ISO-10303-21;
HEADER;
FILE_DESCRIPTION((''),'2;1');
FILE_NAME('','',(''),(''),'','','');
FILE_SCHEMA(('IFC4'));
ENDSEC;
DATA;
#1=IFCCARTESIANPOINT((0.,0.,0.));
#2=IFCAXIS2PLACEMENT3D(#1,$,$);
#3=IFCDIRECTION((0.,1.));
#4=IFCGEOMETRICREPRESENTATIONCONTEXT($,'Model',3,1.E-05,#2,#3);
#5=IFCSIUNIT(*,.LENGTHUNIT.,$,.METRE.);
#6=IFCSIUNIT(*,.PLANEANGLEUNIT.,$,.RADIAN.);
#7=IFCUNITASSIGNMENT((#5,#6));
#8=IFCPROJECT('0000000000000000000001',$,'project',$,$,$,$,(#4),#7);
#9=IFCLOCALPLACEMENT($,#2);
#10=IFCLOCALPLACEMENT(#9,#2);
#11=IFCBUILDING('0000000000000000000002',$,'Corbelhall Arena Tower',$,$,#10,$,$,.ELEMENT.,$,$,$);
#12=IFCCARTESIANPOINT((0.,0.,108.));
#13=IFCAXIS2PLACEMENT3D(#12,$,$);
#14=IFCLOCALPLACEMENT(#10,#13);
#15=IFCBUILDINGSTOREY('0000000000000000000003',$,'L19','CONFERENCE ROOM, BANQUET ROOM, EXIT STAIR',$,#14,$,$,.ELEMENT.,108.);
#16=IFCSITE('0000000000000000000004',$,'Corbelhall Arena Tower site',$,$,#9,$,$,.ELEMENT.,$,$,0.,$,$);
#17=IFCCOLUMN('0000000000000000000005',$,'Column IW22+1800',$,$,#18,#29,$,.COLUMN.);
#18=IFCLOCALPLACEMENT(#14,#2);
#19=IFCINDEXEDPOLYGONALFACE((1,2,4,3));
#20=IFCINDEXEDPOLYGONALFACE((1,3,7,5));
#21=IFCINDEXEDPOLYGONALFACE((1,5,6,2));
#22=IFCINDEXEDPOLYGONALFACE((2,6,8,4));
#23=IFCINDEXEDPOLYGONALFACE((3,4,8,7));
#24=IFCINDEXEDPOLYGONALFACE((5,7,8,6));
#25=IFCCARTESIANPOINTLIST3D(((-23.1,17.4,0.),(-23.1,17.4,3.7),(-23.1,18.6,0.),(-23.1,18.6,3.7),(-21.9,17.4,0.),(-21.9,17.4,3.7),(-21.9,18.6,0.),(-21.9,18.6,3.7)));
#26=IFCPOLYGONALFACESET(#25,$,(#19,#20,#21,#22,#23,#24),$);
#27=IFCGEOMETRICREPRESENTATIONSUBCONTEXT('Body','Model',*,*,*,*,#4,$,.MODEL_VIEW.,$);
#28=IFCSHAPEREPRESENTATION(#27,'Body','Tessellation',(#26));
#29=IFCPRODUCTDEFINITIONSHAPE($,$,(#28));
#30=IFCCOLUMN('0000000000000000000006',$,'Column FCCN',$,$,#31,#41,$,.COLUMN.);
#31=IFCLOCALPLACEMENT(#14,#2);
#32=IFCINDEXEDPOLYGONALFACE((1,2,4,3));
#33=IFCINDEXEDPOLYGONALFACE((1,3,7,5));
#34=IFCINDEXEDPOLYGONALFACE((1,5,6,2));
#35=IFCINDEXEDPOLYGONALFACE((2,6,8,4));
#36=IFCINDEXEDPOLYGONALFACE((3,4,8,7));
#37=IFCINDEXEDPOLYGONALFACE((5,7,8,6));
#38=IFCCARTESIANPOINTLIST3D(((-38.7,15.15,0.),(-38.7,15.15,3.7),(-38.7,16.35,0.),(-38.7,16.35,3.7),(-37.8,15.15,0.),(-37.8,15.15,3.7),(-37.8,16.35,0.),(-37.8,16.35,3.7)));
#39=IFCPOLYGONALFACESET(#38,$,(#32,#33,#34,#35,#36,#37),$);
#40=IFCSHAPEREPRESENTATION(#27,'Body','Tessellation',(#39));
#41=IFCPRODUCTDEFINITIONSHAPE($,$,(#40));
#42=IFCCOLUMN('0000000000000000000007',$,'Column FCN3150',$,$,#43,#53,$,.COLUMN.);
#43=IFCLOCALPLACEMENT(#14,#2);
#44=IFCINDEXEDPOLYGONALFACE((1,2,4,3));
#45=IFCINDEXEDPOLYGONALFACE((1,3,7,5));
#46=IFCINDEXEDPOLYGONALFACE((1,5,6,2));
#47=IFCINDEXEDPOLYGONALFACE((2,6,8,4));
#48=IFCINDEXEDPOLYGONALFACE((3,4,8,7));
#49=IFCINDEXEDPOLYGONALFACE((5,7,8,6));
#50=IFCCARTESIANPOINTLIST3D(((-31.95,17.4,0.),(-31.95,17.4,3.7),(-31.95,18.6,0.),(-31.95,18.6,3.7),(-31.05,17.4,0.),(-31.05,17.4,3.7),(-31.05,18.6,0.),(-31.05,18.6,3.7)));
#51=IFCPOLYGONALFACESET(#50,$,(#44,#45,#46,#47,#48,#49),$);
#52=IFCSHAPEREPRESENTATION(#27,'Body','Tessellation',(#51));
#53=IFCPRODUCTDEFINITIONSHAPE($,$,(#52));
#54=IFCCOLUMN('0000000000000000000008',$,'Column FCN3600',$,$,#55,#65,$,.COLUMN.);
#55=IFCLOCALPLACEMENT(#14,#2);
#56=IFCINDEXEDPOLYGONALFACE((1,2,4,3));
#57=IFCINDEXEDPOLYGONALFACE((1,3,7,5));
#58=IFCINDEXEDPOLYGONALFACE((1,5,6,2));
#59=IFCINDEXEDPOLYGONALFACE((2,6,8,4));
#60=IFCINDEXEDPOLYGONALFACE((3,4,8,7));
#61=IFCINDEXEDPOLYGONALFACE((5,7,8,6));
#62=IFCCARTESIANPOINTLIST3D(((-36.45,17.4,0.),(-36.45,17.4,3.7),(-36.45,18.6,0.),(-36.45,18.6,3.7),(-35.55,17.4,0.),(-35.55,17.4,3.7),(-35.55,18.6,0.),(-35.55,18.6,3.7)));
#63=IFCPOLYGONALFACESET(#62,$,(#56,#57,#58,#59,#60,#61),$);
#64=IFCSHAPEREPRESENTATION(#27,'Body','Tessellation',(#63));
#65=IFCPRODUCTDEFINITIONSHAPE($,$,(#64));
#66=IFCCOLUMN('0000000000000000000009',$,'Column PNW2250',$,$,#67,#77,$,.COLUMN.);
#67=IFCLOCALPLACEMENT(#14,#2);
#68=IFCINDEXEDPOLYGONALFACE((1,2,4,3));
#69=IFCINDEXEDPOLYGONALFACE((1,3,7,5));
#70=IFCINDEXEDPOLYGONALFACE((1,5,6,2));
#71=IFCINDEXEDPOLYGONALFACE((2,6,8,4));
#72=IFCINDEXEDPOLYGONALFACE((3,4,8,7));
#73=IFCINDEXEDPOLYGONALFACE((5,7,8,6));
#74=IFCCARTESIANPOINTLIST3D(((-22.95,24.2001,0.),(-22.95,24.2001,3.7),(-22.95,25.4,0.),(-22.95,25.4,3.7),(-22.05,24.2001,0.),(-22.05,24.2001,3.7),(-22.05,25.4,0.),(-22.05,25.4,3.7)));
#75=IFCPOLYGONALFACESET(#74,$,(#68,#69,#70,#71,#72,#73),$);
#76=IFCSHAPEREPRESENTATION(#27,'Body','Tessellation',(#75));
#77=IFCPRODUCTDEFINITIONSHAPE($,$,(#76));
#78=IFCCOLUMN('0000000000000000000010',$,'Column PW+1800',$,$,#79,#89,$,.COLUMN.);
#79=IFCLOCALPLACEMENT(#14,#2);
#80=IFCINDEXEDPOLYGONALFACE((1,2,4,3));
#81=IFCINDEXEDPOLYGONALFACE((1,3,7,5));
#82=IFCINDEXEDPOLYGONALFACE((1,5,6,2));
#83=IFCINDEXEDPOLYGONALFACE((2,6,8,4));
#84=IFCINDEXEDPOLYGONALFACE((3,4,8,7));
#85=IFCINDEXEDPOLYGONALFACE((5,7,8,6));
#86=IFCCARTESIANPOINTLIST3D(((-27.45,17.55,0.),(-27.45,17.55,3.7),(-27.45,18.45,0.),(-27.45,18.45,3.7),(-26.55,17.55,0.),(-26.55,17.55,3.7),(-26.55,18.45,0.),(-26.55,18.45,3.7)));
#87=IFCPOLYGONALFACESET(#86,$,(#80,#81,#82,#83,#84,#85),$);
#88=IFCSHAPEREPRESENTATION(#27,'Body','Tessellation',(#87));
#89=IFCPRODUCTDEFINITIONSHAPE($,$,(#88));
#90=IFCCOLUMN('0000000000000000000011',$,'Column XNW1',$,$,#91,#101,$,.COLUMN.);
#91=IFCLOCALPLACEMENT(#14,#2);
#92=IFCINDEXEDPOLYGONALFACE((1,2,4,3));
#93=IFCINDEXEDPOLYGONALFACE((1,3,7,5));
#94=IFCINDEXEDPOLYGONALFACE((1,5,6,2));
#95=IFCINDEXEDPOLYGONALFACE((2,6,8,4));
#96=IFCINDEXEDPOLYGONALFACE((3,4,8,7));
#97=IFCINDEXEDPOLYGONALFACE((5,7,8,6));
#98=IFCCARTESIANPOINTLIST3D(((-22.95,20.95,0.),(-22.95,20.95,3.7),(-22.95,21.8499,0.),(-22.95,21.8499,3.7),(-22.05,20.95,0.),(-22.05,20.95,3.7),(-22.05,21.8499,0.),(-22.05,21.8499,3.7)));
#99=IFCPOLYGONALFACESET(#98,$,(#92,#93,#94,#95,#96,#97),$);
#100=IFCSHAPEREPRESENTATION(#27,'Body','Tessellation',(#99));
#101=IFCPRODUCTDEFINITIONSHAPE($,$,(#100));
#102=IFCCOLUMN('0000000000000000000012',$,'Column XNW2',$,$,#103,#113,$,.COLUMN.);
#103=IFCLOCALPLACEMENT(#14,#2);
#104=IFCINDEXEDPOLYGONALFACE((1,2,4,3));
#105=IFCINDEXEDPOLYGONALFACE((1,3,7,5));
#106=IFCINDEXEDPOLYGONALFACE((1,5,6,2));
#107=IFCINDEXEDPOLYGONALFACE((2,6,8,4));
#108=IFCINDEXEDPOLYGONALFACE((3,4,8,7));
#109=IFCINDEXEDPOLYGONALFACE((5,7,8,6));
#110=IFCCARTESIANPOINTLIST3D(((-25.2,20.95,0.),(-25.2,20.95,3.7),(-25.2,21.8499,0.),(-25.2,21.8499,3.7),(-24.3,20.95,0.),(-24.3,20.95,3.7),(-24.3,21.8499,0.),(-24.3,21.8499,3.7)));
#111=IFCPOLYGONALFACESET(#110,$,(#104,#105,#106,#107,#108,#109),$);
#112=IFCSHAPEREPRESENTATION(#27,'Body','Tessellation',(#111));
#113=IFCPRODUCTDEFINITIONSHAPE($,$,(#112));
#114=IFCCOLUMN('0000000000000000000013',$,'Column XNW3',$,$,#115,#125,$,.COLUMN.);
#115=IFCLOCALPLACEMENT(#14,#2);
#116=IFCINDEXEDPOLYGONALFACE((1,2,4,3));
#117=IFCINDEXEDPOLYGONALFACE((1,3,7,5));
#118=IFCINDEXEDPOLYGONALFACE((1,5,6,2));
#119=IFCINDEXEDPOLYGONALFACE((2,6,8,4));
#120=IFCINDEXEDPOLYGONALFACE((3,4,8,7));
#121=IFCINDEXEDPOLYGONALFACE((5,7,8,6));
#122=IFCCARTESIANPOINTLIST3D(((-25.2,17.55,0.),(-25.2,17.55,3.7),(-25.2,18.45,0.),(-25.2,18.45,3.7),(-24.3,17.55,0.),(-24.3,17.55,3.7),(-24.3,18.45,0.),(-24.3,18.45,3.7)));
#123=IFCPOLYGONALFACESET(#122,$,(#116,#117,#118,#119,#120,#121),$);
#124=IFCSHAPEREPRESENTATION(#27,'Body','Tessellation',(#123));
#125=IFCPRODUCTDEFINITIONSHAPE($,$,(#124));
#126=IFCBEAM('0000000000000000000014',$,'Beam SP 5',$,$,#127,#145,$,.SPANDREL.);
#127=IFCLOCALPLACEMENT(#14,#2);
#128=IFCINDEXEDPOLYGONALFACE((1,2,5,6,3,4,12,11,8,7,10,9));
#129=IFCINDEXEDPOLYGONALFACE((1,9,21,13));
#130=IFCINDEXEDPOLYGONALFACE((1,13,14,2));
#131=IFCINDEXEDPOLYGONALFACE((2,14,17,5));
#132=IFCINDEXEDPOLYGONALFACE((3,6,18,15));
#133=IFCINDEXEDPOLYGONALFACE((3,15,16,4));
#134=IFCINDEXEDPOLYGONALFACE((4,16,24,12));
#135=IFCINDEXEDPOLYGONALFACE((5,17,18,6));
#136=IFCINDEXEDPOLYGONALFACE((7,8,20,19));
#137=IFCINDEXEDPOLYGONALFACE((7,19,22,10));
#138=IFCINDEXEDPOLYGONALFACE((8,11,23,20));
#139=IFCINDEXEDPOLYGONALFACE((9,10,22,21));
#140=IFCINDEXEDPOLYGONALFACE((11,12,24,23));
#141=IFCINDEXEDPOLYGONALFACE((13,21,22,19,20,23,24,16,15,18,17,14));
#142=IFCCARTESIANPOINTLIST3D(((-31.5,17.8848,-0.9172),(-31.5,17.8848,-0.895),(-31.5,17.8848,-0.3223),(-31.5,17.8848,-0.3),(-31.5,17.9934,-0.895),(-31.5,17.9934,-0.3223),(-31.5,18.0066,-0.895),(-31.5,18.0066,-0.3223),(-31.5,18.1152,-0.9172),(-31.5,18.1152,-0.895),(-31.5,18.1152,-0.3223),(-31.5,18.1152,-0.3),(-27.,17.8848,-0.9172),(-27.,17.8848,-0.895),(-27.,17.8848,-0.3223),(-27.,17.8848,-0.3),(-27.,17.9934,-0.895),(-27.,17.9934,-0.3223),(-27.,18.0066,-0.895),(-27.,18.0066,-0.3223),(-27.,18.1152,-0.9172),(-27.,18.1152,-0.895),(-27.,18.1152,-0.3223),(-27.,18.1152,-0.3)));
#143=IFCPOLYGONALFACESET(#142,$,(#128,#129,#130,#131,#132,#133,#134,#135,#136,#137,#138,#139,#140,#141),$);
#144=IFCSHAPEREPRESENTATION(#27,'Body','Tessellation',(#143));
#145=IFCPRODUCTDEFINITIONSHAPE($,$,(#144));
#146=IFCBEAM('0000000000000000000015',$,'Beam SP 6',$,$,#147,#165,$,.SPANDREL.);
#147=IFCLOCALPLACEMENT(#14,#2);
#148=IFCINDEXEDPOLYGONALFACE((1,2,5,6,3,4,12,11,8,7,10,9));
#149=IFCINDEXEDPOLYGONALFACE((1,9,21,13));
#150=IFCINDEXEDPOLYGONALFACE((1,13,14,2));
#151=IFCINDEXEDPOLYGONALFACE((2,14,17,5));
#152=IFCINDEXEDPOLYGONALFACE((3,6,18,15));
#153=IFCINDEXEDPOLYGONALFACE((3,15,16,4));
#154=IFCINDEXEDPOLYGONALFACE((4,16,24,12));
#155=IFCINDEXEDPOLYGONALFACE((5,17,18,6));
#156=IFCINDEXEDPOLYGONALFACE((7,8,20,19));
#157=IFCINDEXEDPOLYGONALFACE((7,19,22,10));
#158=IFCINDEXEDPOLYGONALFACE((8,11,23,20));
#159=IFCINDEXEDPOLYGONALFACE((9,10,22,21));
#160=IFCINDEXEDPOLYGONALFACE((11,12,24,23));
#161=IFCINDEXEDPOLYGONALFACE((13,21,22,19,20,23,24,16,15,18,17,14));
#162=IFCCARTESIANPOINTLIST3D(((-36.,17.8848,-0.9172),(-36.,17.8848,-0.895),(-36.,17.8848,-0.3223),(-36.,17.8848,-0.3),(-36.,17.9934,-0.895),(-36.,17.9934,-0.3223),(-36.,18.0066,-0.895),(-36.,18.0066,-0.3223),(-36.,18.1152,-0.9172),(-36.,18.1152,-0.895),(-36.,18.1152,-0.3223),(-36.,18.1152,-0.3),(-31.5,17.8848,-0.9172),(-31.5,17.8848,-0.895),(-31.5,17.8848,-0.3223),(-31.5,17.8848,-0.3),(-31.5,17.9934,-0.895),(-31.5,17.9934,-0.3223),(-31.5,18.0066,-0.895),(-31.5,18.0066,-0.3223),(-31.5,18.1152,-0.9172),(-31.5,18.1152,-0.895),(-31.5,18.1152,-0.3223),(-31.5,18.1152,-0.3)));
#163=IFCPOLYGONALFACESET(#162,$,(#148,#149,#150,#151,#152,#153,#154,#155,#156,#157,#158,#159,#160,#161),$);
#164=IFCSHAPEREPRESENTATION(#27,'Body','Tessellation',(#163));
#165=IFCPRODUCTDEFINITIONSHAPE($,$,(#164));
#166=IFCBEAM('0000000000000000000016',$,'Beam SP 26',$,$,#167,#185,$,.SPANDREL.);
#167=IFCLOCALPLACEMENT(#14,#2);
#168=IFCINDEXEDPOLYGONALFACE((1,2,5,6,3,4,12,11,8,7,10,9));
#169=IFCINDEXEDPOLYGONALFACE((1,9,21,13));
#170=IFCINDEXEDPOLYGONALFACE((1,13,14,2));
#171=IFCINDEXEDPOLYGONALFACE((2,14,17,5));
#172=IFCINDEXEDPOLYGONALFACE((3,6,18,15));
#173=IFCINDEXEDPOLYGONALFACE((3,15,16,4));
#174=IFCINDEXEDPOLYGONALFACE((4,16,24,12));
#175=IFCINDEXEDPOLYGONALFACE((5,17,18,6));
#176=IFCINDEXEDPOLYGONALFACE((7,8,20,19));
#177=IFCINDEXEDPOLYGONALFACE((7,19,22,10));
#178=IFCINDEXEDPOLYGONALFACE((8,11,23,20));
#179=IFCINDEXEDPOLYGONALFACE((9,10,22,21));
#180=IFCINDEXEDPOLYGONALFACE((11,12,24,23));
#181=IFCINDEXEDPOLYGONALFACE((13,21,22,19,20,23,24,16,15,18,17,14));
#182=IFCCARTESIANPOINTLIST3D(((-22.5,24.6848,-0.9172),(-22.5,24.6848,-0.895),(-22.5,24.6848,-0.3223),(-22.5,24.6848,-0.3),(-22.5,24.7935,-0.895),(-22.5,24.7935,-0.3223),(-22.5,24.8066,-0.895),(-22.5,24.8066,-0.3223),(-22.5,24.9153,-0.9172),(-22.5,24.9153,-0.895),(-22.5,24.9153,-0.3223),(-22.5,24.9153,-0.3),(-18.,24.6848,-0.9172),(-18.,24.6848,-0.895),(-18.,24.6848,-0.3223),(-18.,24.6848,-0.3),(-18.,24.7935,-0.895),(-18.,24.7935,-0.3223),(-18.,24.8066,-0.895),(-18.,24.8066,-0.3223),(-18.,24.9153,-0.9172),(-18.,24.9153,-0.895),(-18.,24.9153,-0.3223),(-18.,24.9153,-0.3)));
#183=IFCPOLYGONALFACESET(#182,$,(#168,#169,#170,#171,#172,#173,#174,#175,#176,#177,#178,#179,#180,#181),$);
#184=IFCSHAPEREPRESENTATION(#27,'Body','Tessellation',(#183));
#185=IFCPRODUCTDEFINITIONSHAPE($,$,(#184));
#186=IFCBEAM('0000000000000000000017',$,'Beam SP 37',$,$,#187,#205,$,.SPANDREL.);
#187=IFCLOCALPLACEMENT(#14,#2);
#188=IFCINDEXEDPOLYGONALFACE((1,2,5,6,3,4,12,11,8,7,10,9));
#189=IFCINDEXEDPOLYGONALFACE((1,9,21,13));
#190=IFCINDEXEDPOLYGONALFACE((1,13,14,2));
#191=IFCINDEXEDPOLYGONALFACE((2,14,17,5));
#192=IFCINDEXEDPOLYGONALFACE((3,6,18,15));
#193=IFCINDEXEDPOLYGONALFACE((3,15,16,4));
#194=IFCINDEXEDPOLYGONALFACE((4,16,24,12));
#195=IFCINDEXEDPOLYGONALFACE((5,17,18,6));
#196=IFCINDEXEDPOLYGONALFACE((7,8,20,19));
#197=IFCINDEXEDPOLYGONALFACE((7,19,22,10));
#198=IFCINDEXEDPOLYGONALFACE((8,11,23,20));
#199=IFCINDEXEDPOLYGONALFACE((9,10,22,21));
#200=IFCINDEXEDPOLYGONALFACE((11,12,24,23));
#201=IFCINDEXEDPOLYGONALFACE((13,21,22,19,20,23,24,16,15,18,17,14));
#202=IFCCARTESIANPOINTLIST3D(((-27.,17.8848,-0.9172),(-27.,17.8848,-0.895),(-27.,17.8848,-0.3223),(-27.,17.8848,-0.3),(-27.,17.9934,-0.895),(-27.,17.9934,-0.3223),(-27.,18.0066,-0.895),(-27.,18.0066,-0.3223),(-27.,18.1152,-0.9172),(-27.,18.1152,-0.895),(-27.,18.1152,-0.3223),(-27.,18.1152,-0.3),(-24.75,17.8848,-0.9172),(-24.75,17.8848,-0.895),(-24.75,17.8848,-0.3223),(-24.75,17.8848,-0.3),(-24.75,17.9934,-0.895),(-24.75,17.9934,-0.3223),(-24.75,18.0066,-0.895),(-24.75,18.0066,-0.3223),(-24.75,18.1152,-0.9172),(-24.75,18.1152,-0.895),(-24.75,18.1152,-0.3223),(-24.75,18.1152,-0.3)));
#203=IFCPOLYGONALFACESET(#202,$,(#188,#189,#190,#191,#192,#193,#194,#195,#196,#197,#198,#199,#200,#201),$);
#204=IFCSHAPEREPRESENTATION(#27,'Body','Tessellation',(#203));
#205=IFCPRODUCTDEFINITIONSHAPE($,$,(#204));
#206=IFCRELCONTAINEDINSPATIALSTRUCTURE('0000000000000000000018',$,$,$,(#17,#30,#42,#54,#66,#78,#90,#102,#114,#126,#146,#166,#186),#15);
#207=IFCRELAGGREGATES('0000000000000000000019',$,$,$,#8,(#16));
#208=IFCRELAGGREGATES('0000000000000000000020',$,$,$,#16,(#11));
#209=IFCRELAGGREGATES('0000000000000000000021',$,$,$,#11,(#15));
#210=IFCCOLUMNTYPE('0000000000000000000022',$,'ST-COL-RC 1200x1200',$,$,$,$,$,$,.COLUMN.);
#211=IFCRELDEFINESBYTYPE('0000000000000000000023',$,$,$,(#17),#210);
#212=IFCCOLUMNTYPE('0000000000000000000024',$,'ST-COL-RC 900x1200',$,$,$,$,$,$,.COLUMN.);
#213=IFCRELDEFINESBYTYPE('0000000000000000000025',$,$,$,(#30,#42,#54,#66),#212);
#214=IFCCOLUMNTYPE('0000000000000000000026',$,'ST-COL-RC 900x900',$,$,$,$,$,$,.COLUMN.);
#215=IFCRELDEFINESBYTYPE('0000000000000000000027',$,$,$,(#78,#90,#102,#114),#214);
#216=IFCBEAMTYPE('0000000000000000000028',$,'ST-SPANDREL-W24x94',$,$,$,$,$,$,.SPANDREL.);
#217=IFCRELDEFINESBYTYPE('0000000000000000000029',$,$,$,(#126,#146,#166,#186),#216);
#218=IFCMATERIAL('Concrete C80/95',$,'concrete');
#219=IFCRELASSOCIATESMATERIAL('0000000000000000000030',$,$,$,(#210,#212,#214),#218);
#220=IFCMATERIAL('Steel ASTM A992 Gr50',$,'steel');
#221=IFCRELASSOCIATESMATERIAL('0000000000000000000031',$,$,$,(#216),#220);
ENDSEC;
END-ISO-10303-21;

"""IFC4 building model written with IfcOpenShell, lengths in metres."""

from ifc_helpers import new_model, si_unit, direction, frame, origin, origin_2d, place, context, subcontext, project, spatial, rectangle, i_section, extrude, material, material_profile, profile_set, type_object, element, save


model = new_model("IFC4")

# Units and contexts
model_context = context("Model", 3, precision=1e-05, world=origin(), true_north=direction((0.0, 1.0)))
body_context = subcontext(model_context, "Body", "Model", "MODEL_VIEW")
ifc_project = project(units=[si_unit("LENGTHUNIT", "METRE"), si_unit("PLANEANGLEUNIT", "RADIAN")], contexts=[model_context])

# Site, building, storey
site_placement = place(None, origin())
site = spatial("IfcSite", under=ifc_project, at=site_placement, Name="Corbelhall Arena Tower site", CompositionType="ELEMENT", RefElevation=0.0)
building_placement = place(site_placement, origin())
building = spatial("IfcBuilding", under=site, at=building_placement, Name="Corbelhall Arena Tower", CompositionType="ELEMENT")
storey_placement = place(building_placement, frame((0.0, 0.0, 108.0)))
storey = spatial("IfcBuildingStorey", under=building, at=storey_placement, Name="L19", Description="CONFERENCE ROOM, BANQUET ROOM, EXIT STAIR", CompositionType="ELEMENT", Elevation=108.0)

# Columns
ifc_material_1 = material(Name="Concrete C80/95", Category="concrete")
ifc_material_profile_1 = material_profile(ifc_material_1, rectangle(XDim=1.2, YDim=1.2, at=origin_2d()))
ifc_profile_set_1 = profile_set([ifc_material_profile_1], Name="Concrete C80/95")
column_type_1 = type_object("IfcColumnType", Name="ST-COL-RC 1200x1200", PredefinedType="COLUMN", material=ifc_profile_set_1)
column_placement = place(storey_placement, frame((-22.5, 18.0, 0.0), z_axis=(0.0, 0.0, 1.0), x_axis=(1.0, 0.0, 0.0)))
element("IfcColumn", 1, at=column_placement, inside=storey, type_object=column_type_1, Name="Column IW22+1800", PredefinedType="COLUMN", context=body_context, shape_type="SweptSolid", body=[
    extrude(rectangle(XDim=1.2, YDim=1.2, at=origin_2d()), origin(), (0.0, 0.0, 1.0), 3.7),
])
ifc_material_profile_2 = material_profile(ifc_material_1, rectangle(XDim=0.8999, YDim=1.2, at=origin_2d()))
ifc_profile_set_2 = profile_set([ifc_material_profile_2], Name="Concrete C80/95")
column_type_2 = type_object("IfcColumnType", Name="ST-COL-RC 900x1200", PredefinedType="COLUMN", material=ifc_profile_set_2)
for number, where, z_axis, x_axis, name in (
    (2, (-38.25, 15.75, 0.0), (0.0, 0.0, 1.0), (1.0, 0.0, 0.0), "Column FCCN"),
    (3, (-31.5, 18.0, 0.0), (0.0, 0.0, 1.0), (1.0, 0.0, 0.0), "Column FCN3150"),
    (4, (-36.0, 18.0, 0.0), (0.0, 0.0, 1.0), (1.0, 0.0, 0.0), "Column FCN3600"),
    (5, (-22.5, 24.8, 0.0), (0.0, 0.0, 1.0), (1.0, 0.0, 0.0), "Column PNW2250"),
):
    element("IfcColumn", number, at=place(storey_placement, frame(where, z_axis=z_axis, x_axis=x_axis)), inside=storey, type_object=column_type_2, Name=name, PredefinedType="COLUMN", context=body_context, shape_type="SweptSolid", body=[
        extrude(rectangle(XDim=0.8999, YDim=1.2, at=origin_2d()), origin(), (0.0, 0.0, 1.0), 3.7),
    ])
ifc_material_profile_3 = material_profile(ifc_material_1, rectangle(XDim=0.8999, YDim=0.8999, at=origin_2d()))
ifc_profile_set_3 = profile_set([ifc_material_profile_3], Name="Concrete C80/95")
column_type_3 = type_object("IfcColumnType", Name="ST-COL-RC 900x900", PredefinedType="COLUMN", material=ifc_profile_set_3)
for number, where, z_axis, x_axis, name in (
    (6, (-27.0, 18.0, 0.0), (0.0, 0.0, 1.0), (1.0, 0.0, 0.0), "Column PW+1800"),
    (7, (-22.5, 21.3999, 0.0), (0.0, 0.0, 1.0), (1.0, 0.0, 0.0), "Column XNW1"),
    (8, (-24.75, 21.3999, 0.0), (0.0, 0.0, 1.0), (1.0, 0.0, 0.0), "Column XNW2"),
    (9, (-24.75, 18.0, 0.0), (0.0, 0.0, 1.0), (1.0, 0.0, 0.0), "Column XNW3"),
):
    element("IfcColumn", number, at=place(storey_placement, frame(where, z_axis=z_axis, x_axis=x_axis)), inside=storey, type_object=column_type_3, Name=name, PredefinedType="COLUMN", context=body_context, shape_type="SweptSolid", body=[
        extrude(rectangle(XDim=0.8999, YDim=0.8999, at=origin_2d()), origin(), (0.0, 0.0, 1.0), 3.7),
    ])

# Beams
ifc_material_2 = material(Name="Steel ASTM A992 Gr50", Category="steel")
ifc_material_profile_4 = material_profile(ifc_material_2, i_section(OverallWidth=0.2305, OverallDepth=0.6172, WebThickness=0.0132, FlangeThickness=0.0222, at=origin_2d()))
ifc_profile_set_4 = profile_set([ifc_material_profile_4], Name="Steel ASTM A992 Gr50")
beam_type = type_object("IfcBeamType", Name="ST-SPANDREL-W24x94", PredefinedType="SPANDREL", material=ifc_profile_set_4)
for number, where, z_axis, x_axis, name in (
    (10, (-31.5, 18.0, -0.6086), (1.0, 0.0, 0.0), (0.0, 1.0, 0.0), "Beam SP 5"),
    (11, (-36.0, 18.0, -0.6086), (1.0, 0.0, 0.0), (0.0, 1.0, 0.0), "Beam SP 6"),
    (12, (-22.5, 24.8, -0.6086), (1.0, 0.0, 0.0), (0.0, 1.0, 0.0), "Beam SP 26"),
):
    element("IfcBeam", number, at=place(storey_placement, frame(where, z_axis=z_axis, x_axis=x_axis)), inside=storey, type_object=beam_type, Name=name, PredefinedType="SPANDREL", context=body_context, shape_type="SweptSolid", body=[
        extrude(i_section(OverallWidth=0.2305, OverallDepth=0.6172, WebThickness=0.0132, FlangeThickness=0.0222, at=origin_2d()), origin(), (0.0, 0.0, 1.0), 4.5),
    ])
beam_1_placement = place(storey_placement, frame((-27.0, 18.0, -0.6086), z_axis=(1.0, 0.0, 0.0), x_axis=(0.0, 1.0, 0.0)))
element("IfcBeam", 13, at=beam_1_placement, inside=storey, type_object=beam_type, Name="Beam SP 37", PredefinedType="SPANDREL", context=body_context, shape_type="SweptSolid", body=[
    extrude(i_section(OverallWidth=0.2305, OverallDepth=0.6172, WebThickness=0.0132, FlangeThickness=0.0222, at=origin_2d()), origin(), (0.0, 0.0, 1.0), 2.25),
])

save(model, "model.ifc")
